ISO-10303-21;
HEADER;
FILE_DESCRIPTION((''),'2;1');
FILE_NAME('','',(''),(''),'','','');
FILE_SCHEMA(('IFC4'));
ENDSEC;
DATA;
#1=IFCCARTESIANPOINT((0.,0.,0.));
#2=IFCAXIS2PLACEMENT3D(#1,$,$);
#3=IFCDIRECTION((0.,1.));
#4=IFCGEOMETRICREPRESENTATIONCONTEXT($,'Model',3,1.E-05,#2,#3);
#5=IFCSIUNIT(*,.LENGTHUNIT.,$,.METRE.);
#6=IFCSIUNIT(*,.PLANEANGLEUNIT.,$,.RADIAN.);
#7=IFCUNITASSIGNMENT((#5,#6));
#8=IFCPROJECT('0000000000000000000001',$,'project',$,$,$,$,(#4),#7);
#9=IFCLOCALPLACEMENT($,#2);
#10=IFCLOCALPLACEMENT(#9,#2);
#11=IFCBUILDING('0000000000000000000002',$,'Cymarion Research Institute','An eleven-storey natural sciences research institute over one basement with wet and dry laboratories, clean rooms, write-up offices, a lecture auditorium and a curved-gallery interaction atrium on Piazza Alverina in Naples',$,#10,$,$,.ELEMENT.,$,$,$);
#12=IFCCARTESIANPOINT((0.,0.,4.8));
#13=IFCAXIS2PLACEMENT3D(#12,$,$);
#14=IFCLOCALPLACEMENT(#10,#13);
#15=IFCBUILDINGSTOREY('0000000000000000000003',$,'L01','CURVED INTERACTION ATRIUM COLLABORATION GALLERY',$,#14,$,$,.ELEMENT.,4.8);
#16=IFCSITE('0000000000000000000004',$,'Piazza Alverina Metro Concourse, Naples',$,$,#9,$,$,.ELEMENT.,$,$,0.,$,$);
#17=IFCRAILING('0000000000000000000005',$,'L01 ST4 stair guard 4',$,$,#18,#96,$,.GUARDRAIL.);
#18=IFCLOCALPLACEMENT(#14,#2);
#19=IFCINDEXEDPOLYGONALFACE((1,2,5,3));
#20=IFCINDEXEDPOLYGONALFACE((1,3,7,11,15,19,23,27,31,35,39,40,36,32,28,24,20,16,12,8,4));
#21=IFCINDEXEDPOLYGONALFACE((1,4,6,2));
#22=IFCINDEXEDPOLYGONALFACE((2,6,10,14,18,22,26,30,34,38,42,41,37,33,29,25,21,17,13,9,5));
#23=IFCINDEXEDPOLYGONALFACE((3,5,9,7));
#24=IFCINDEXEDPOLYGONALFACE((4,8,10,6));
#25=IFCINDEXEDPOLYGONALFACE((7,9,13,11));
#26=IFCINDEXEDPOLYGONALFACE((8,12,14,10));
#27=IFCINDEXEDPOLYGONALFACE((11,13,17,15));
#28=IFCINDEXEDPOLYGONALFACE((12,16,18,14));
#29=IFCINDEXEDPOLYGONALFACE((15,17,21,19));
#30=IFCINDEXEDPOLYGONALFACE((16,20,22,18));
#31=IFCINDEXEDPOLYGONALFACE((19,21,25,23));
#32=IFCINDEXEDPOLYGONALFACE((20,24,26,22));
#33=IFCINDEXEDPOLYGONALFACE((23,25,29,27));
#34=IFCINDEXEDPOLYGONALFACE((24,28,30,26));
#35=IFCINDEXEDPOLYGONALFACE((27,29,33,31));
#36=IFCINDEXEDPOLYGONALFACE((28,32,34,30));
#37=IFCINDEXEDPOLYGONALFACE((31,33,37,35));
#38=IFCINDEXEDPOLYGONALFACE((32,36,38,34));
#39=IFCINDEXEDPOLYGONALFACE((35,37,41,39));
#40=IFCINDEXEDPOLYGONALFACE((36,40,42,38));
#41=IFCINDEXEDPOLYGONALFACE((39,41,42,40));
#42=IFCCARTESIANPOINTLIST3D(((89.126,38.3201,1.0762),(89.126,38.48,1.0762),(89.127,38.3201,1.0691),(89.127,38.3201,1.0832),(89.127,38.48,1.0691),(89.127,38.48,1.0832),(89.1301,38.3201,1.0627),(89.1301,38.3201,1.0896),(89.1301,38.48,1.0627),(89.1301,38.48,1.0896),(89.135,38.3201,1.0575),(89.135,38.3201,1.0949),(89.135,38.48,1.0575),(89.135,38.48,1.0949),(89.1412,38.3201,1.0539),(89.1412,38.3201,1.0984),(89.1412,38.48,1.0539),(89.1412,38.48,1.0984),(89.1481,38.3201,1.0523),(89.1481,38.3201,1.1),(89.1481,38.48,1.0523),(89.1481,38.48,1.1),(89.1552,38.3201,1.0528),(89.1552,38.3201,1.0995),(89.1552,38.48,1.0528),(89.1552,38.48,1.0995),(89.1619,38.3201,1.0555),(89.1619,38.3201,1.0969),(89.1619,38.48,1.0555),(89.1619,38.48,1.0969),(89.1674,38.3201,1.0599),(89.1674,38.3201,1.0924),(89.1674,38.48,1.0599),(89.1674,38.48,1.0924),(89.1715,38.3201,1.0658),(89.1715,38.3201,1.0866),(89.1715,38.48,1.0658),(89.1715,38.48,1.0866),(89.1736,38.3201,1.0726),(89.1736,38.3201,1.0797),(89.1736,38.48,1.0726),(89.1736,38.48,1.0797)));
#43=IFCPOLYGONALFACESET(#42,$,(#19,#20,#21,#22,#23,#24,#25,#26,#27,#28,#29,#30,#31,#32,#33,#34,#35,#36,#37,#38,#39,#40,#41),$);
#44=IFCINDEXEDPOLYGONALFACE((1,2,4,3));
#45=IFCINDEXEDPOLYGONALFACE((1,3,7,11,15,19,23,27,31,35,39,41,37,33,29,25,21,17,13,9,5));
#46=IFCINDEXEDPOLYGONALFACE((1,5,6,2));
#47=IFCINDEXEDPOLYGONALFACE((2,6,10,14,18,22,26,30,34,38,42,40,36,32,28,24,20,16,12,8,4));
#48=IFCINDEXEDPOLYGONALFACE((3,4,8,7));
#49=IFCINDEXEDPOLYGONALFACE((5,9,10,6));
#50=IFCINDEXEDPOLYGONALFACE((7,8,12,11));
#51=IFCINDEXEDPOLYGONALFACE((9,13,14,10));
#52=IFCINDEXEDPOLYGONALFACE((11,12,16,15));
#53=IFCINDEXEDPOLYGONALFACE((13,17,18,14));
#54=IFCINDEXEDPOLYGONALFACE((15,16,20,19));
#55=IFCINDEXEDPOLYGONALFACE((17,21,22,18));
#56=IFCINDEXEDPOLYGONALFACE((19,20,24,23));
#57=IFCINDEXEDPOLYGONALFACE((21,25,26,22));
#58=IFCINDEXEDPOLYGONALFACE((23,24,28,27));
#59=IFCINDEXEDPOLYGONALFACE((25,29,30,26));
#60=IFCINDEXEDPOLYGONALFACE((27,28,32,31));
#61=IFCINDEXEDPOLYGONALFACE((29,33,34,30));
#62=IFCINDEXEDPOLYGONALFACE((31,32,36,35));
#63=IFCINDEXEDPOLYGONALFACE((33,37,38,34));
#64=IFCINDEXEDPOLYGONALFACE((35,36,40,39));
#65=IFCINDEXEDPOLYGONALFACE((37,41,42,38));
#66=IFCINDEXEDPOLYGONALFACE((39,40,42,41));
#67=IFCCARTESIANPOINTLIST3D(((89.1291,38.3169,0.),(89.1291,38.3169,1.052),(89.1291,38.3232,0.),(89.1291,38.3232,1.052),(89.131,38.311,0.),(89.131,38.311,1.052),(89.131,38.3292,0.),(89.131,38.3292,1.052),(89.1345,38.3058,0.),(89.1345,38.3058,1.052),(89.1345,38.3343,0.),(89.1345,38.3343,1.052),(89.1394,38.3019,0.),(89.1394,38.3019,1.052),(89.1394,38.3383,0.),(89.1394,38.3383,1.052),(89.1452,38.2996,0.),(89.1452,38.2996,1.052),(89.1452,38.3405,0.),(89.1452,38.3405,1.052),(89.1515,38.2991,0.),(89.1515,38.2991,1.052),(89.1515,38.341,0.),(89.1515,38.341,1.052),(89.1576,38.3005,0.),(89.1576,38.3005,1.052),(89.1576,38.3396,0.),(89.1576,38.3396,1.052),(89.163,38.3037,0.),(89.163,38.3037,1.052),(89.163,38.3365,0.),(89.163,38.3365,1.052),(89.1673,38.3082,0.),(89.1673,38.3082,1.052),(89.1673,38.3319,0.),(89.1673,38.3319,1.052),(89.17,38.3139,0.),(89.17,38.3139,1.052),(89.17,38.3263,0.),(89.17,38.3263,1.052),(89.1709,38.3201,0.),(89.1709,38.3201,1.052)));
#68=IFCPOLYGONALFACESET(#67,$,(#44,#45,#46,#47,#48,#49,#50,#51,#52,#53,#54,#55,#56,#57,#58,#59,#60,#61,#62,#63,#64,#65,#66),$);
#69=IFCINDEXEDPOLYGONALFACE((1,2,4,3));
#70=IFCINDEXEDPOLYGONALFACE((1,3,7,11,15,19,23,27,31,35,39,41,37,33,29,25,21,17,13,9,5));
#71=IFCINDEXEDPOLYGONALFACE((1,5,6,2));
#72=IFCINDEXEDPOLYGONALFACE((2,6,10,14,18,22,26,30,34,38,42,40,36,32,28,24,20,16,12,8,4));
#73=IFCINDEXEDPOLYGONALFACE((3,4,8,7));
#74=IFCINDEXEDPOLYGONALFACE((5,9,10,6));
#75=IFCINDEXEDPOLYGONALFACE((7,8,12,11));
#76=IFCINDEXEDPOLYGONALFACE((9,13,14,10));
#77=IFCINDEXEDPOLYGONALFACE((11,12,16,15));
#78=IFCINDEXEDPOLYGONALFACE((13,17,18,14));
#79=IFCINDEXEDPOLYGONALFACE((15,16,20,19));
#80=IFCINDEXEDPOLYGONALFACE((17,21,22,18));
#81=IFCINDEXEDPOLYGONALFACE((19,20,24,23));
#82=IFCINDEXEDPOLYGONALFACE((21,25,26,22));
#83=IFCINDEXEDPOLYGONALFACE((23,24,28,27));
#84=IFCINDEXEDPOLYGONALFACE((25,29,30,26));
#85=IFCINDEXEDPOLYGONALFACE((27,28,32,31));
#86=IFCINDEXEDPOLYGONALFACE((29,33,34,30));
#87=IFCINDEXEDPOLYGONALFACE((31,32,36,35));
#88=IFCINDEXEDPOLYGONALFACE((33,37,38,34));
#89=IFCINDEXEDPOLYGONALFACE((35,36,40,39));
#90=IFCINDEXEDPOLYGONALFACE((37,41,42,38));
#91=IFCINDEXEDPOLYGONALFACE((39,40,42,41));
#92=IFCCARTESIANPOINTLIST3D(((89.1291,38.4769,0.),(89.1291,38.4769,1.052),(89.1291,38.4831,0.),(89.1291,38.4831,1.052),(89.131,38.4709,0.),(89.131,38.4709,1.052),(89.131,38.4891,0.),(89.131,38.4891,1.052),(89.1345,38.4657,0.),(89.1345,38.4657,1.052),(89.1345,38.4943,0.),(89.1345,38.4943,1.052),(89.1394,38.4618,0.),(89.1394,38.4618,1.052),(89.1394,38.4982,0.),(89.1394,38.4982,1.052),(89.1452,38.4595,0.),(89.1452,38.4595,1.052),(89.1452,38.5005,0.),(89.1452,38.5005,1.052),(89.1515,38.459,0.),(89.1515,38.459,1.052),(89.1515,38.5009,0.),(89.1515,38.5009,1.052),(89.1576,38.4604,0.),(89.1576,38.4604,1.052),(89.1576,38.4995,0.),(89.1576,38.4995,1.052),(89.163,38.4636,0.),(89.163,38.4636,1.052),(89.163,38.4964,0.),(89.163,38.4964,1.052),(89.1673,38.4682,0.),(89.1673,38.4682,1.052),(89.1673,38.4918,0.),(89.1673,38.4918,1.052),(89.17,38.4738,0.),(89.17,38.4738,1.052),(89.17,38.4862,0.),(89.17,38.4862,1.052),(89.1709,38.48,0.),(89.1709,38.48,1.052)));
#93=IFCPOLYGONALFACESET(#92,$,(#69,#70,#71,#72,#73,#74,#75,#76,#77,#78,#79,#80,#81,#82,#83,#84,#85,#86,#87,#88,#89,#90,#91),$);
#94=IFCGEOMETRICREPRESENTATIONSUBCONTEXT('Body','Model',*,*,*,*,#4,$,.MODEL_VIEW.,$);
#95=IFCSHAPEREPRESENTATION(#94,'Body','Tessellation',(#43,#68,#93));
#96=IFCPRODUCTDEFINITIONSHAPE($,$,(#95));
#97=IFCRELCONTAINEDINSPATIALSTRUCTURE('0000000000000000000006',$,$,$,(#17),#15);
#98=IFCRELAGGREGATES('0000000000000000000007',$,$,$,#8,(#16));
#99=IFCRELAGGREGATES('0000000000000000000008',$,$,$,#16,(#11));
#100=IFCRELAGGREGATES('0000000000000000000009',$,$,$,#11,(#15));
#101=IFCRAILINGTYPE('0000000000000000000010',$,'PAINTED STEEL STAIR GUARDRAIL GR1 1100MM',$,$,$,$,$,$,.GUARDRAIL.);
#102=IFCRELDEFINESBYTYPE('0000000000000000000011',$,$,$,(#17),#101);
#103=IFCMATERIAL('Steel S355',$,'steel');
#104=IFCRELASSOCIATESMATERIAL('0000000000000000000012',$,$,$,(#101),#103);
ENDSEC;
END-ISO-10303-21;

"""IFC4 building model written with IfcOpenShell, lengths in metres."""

from ifc_helpers import new_model, si_unit, direction, frame, origin, origin_2d, place, context, subcontext, project, spatial, circle, extrude, material, type_object, element, save


model = new_model("IFC4")

# Units and contexts
model_context = context("Model", 3, precision=1e-05, world=origin(), true_north=direction((0.0, 1.0)))
body_context = subcontext(model_context, "Body", "Model", "MODEL_VIEW")
ifc_project = project(units=[si_unit("LENGTHUNIT", "METRE"), si_unit("PLANEANGLEUNIT", "RADIAN")], contexts=[model_context])

# Site, building, storey
site_placement = place(None, origin())
site = spatial("IfcSite", under=ifc_project, at=site_placement, Name="Piazza Alverina Metro Concourse, Naples", CompositionType="ELEMENT", RefElevation=0.0)
building_placement = place(site_placement, origin())
building = spatial("IfcBuilding", under=site, at=building_placement, Name="Cymarion Research Institute", Description="An eleven-storey natural sciences research institute over one basement with wet and dry laboratories, clean rooms, write-up offices, a lecture auditorium and a curved-gallery interaction atrium on Piazza Alverina in Naples", CompositionType="ELEMENT")
storey_placement = place(building_placement, frame((0.0, 0.0, 4.8)))
storey = spatial("IfcBuildingStorey", under=building, at=storey_placement, Name="L01", Description="CURVED INTERACTION ATRIUM COLLABORATION GALLERY", CompositionType="ELEMENT", Elevation=4.8)

# Shared definitions
ifc_material_1 = material(Name="Steel S355", Category="steel")

# Railing
railing_type_1 = type_object("IfcRailingType", Name="PAINTED STEEL STAIR GUARDRAIL GR1 1100MM", PredefinedType="GUARDRAIL", material=ifc_material_1)
railing_1_placement = place(storey_placement, frame((89.1499, 38.3201, 0.0)))
element("IfcRailing", 1, at=railing_1_placement, inside=storey, type_object=railing_type_1, Name="L01 ST4 stair guard 4", PredefinedType="GUARDRAIL", context=body_context, shape_type="SweptSolid", body=[
    extrude(circle(Radius=0.0239, at=origin_2d()), frame((0.0, 0.0, 1.0762), z_axis=(0.0, 1.0, 0.0), x_axis=(-1.0, 0.0, 0.0)), (0.0, 0.0, 1.0), 0.1599),
    extrude(circle(Radius=0.021, at=origin_2d()), origin(), (0.0, 0.0, 1.0), 1.052),
    extrude(circle(Radius=0.021, at=origin_2d()), frame((0.0, 0.1599, 0.0)), (0.0, 0.0, 1.0), 1.052),
])

save(model, "model.ifc")
